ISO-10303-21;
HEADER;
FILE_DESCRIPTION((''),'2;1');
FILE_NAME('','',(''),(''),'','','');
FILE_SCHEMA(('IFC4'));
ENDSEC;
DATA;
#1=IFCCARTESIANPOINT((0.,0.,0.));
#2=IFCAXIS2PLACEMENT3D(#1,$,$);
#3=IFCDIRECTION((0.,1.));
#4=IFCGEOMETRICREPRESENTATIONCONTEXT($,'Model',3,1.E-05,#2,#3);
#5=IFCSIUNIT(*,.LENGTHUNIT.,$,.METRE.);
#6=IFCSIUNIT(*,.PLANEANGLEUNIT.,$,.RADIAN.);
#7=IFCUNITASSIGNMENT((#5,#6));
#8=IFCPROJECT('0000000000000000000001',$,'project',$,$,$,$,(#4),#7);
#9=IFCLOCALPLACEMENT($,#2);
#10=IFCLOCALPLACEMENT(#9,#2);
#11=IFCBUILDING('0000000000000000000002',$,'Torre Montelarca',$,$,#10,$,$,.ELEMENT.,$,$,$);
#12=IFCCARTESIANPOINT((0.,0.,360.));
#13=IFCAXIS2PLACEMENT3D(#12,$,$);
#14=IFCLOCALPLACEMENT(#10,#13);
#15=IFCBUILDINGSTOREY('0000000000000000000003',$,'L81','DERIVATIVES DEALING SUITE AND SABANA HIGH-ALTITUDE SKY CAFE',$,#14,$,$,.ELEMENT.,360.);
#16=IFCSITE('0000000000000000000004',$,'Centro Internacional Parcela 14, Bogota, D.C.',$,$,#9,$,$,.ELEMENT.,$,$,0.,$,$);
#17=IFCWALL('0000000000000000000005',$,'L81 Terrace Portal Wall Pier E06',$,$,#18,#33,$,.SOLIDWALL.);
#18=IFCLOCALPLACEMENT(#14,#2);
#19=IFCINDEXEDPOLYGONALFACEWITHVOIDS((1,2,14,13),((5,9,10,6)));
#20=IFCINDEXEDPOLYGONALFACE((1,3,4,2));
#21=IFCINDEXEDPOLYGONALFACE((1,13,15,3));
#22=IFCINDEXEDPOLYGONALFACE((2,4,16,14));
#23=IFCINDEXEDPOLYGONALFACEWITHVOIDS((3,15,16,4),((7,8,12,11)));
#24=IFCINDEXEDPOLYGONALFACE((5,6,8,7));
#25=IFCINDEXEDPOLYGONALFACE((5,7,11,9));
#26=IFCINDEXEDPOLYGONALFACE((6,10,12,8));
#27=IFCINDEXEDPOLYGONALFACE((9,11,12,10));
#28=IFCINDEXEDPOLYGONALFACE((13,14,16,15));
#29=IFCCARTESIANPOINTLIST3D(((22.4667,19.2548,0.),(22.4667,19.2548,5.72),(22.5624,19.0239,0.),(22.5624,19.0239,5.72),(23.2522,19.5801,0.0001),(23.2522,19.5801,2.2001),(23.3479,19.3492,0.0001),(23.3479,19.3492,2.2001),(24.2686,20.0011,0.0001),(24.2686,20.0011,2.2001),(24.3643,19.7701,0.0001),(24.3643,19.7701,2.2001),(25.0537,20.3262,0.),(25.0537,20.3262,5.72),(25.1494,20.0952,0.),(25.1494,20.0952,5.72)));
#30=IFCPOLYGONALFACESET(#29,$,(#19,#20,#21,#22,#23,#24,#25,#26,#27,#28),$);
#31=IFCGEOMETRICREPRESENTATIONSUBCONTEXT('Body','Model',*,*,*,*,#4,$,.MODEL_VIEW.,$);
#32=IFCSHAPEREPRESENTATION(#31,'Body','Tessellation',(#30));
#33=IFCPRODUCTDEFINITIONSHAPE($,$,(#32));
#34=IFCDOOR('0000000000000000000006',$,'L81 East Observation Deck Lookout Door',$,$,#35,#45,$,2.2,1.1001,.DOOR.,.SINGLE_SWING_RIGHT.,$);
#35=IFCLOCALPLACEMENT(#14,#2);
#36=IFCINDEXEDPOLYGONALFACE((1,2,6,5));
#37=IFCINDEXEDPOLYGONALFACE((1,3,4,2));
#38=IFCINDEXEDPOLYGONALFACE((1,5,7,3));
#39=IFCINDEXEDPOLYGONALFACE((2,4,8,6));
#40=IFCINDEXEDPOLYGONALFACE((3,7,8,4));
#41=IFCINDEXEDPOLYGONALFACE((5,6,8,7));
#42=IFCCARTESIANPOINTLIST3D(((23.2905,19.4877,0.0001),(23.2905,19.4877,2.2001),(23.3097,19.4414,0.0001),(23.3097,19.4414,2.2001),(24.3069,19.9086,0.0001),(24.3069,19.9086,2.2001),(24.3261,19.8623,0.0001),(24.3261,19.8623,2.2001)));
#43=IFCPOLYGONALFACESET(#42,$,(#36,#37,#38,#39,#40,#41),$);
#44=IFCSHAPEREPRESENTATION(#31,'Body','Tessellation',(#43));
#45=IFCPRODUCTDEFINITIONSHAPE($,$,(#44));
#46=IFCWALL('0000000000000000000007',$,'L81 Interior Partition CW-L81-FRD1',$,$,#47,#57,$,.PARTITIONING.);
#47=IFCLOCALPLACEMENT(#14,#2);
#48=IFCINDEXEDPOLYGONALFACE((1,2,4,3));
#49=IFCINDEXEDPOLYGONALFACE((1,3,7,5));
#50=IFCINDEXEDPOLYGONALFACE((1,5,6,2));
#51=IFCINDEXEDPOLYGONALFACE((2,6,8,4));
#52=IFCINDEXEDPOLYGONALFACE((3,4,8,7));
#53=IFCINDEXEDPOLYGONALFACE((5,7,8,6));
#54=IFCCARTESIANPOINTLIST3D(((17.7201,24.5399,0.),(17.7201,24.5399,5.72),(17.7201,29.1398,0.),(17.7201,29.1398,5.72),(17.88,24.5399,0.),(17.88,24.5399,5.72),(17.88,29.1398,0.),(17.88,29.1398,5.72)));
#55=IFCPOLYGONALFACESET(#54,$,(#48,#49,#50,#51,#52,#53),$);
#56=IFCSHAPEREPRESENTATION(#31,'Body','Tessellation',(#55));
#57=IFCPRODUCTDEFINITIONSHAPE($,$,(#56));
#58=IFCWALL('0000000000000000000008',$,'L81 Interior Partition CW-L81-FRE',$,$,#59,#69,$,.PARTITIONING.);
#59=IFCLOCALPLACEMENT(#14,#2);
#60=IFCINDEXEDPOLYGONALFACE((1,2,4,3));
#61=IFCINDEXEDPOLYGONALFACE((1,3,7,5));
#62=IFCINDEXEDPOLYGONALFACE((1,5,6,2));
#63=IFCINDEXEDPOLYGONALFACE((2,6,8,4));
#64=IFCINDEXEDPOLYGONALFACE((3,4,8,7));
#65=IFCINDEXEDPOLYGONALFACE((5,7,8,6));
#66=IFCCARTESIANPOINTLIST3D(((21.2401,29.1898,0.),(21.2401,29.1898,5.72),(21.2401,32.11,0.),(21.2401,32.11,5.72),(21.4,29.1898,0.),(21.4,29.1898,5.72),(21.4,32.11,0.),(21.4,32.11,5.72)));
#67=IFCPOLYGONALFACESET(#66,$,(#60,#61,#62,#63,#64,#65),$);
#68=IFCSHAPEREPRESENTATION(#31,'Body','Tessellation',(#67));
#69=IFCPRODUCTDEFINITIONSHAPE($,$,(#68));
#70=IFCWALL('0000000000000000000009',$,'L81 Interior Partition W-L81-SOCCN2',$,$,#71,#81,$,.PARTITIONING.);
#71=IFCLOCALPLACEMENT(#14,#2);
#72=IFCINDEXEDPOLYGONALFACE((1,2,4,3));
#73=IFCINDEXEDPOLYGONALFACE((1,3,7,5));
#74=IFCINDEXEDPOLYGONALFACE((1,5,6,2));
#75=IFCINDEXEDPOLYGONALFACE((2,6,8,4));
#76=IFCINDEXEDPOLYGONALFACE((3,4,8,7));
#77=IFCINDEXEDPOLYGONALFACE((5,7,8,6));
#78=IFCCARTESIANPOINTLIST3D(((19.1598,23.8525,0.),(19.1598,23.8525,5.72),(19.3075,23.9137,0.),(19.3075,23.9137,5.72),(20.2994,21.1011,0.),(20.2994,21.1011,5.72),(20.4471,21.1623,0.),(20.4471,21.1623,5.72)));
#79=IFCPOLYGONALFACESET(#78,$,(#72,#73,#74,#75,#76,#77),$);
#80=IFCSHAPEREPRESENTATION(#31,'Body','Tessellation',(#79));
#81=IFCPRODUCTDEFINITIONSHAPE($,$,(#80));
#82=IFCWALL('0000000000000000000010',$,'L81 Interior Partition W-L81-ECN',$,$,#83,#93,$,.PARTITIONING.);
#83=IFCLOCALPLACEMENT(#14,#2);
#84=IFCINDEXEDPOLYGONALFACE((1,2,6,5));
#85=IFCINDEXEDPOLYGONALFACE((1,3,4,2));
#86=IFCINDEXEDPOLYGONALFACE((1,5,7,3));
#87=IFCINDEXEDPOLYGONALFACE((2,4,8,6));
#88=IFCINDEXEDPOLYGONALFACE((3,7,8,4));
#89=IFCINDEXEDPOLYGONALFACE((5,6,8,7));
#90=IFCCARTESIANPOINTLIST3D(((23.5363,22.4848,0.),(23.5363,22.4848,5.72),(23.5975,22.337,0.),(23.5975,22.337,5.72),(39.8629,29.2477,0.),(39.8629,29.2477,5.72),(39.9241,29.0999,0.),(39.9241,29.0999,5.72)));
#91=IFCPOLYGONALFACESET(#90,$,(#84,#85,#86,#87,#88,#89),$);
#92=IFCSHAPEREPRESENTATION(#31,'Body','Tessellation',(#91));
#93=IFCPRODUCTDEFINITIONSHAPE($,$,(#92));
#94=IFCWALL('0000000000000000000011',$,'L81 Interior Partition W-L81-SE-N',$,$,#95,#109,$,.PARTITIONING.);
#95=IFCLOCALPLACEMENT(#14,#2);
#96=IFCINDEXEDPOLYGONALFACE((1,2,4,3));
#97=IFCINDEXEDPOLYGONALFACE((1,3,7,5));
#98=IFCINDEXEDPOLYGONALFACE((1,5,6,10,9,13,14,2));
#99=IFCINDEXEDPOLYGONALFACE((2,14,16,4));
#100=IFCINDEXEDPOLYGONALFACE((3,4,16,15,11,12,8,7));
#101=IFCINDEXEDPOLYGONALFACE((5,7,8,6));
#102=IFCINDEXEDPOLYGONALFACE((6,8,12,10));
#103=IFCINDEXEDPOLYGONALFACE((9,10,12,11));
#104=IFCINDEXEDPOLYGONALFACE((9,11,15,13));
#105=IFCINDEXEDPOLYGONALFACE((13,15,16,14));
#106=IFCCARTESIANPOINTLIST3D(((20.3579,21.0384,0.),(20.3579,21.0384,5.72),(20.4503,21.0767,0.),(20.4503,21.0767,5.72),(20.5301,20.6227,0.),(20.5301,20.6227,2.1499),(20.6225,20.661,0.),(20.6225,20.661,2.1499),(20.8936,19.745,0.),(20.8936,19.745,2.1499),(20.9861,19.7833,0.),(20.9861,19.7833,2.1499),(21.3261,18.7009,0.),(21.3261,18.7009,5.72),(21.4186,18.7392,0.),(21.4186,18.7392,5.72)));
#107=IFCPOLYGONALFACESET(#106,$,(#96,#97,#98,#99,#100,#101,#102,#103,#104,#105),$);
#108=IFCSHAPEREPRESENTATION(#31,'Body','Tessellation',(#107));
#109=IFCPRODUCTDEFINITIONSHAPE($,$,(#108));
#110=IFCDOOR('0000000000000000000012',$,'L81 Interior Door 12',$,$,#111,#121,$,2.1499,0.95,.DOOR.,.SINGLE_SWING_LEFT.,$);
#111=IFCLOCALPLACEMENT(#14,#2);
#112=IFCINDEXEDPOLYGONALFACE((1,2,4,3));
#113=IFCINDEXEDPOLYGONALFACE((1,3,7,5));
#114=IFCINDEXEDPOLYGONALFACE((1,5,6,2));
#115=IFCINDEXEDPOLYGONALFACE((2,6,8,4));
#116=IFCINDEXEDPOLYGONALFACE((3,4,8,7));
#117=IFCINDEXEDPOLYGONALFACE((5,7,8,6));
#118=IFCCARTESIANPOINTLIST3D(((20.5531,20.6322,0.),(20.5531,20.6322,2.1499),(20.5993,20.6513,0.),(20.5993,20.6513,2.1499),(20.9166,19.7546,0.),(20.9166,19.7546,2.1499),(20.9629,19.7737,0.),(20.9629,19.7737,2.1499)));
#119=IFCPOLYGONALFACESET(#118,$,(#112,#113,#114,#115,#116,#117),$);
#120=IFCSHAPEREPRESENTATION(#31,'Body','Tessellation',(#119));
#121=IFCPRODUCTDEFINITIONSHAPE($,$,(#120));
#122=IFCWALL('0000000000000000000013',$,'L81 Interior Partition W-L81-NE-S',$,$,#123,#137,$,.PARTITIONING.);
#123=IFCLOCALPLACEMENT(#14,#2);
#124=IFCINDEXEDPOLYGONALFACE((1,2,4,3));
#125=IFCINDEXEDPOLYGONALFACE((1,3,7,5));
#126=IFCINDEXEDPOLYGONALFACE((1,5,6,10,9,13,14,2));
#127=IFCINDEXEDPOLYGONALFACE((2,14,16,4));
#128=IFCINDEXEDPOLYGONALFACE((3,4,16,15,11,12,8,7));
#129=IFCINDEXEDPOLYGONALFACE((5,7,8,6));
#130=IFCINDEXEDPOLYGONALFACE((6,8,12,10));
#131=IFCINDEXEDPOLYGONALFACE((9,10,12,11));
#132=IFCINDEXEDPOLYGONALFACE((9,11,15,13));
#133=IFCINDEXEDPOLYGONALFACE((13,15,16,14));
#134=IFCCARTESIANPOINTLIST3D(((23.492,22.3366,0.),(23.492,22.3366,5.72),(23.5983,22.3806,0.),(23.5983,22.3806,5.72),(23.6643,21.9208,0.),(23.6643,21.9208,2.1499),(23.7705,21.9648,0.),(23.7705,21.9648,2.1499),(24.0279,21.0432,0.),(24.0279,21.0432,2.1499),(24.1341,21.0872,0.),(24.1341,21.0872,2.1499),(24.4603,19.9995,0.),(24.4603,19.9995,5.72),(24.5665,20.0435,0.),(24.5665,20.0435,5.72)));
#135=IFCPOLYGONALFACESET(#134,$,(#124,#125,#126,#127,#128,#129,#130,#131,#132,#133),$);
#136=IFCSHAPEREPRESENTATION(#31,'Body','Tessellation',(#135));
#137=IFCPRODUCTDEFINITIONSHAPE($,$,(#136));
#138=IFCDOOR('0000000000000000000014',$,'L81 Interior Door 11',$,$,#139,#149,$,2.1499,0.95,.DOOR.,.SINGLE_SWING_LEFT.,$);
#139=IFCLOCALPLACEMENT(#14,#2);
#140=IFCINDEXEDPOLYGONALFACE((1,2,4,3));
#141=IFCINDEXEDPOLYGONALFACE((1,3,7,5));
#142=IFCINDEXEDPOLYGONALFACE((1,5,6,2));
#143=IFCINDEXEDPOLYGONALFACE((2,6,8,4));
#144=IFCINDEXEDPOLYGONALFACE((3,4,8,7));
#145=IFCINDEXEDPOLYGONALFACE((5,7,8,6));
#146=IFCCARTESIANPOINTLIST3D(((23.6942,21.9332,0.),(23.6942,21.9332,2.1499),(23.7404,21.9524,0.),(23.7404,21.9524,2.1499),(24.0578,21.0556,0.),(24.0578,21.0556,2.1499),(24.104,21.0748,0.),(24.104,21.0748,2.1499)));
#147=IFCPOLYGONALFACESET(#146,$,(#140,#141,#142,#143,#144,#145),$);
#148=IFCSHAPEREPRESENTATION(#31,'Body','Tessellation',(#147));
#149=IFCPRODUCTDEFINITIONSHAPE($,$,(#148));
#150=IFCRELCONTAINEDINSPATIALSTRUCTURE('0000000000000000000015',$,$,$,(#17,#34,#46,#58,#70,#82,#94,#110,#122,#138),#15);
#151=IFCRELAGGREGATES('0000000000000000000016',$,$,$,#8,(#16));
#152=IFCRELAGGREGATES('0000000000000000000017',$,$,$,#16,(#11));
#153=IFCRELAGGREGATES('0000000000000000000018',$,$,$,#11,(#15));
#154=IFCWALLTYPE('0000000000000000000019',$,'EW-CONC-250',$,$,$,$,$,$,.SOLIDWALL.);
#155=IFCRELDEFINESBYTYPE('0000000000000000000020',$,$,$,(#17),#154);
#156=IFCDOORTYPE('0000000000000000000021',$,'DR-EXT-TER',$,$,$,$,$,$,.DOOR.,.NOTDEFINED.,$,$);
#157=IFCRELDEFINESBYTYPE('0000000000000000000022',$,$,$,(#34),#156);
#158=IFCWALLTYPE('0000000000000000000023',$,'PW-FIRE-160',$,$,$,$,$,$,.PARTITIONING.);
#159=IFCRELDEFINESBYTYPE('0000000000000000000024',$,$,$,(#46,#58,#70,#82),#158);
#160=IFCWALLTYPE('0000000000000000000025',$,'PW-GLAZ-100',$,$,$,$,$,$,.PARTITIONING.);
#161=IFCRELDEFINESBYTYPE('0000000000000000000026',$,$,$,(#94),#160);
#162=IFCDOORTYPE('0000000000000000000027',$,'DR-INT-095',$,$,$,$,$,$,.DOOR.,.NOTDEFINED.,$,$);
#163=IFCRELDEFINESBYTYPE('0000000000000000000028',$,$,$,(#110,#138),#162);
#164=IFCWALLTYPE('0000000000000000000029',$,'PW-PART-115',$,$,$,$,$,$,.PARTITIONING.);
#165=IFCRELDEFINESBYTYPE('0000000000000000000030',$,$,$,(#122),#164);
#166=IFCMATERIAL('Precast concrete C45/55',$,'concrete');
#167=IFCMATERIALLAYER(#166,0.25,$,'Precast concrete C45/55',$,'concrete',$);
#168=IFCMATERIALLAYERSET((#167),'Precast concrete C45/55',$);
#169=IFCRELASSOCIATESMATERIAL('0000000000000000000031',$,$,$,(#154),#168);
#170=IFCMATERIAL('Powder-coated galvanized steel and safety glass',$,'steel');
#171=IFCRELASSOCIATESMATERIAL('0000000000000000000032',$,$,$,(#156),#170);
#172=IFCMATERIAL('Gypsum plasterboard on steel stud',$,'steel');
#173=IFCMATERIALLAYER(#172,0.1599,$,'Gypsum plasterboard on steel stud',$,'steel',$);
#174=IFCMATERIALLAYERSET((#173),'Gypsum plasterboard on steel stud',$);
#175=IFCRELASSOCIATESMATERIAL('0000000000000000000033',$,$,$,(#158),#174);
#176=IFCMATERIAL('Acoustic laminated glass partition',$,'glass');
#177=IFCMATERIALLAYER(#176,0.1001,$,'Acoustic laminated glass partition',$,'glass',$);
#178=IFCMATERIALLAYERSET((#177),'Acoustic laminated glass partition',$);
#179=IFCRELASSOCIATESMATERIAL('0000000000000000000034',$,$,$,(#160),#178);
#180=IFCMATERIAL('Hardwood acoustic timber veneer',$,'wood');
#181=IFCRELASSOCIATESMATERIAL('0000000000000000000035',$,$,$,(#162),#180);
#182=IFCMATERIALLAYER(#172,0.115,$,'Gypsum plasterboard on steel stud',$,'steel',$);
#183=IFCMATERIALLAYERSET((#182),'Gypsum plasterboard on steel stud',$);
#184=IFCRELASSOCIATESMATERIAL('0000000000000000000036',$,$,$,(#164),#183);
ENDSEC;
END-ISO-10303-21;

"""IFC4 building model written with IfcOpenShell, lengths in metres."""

from ifc_helpers import new_model, si_unit, direction, frame, frame_2d, origin, place, context, subcontext, project, spatial, rectangle, extrude, source, transform, mapped, material, layer, layer_set, type_object, element, fill, save


model = new_model("IFC4")

# Units and contexts
model_context = context("Model", 3, precision=1e-05, world=origin(), true_north=direction((0.0, 1.0)))
body_context = subcontext(model_context, "Body", "Model", "MODEL_VIEW")
ifc_project = project(units=[si_unit("LENGTHUNIT", "METRE"), si_unit("PLANEANGLEUNIT", "RADIAN")], contexts=[model_context])

# Site, building, storey
site_placement = place(None, origin())
site = spatial("IfcSite", under=ifc_project, at=site_placement, Name="Centro Internacional Parcela 14, Bogota, D.C.", CompositionType="ELEMENT", RefElevation=0.0)
building_placement = place(site_placement, origin())
building = spatial("IfcBuilding", under=site, at=building_placement, Name="Torre Montelarca", CompositionType="ELEMENT")
storey_placement = place(building_placement, frame((0.0, 0.0, 360.0)))
storey = spatial("IfcBuildingStorey", under=building, at=storey_placement, Name="L81", Description="DERIVATIVES DEALING SUITE AND SABANA HIGH-ALTITUDE SKY CAFE", CompositionType="ELEMENT", Elevation=360.0)

# Wall, opening, door
ifc_material_1 = material(Name="Precast concrete C45/55", Category="concrete")
ifc_layer_1 = layer(ifc_material_1, 0.25, Name="Precast concrete C45/55", Category="concrete")
ifc_layer_set_1 = layer_set([ifc_layer_1], Name="Precast concrete C45/55")
wall_type_1 = type_object("IfcWallType", Name="EW-CONC-250", PredefinedType="SOLIDWALL", material=ifc_layer_set_1)
wall_1_placement = place(storey_placement, frame((22.5146, 19.1394, 0.0), z_axis=(0.0, 0.0, 1.0), x_axis=(0.923911, 0.382608, 0.0)))
wall_1 = element("IfcWall", 1, at=wall_1_placement, inside=storey, type_object=wall_type_1, Name="L81 Terrace Portal Wall Pier E06", PredefinedType="SOLIDWALL", context=body_context, shape_type="SweptSolid", body=[
    extrude(rectangle(XDim=2.8, YDim=0.25, at=frame_2d((1.3999, 0.0))), origin(), (0.0, 0.0, 1.0), 5.72),
])
opening_1_placement = place(wall_1_placement, frame((0.8501, 0.0, 0.0)))
opening_1 = element("IfcOpeningElement", 2, at=opening_1_placement, cuts=wall_1, PredefinedType="OPENING", context=body_context, shape_type="SweptSolid", body=[
    extrude(rectangle(XDim=1.1001, YDim=2.2, at=frame_2d((0.55, 1.1001))), frame((0.0, 0.135, 0.0), z_axis=(0.0, -1.0, 0.0), x_axis=(1.0, 0.0, 0.0)), (0.0, 0.0, 1.0), 0.27),
])
ifc_material_2 = material(Name="Powder-coated galvanized steel and safety glass", Category="steel")
door_type_1 = type_object("IfcDoorType", Name="DR-EXT-TER", OperationType="NOTDEFINED", PredefinedType="DOOR", material=ifc_material_2)
shared_shape_1 = source(origin(), body_context, "Body", "SweptSolid", [
    extrude(rectangle(XDim=1.1001, YDim=2.2, at=frame_2d((0.55, 1.1001))), frame((0.0, 0.0249, 0.0), z_axis=(0.0, -1.0, 0.0), x_axis=(1.0, 0.0, 0.0)), (0.0, 0.0, 1.0), 0.05),
])
door_1_placement = place(opening_1_placement, origin())
door_1 = element("IfcDoor", 3, at=door_1_placement, inside=storey, type_object=door_type_1, Name="L81 East Observation Deck Lookout Door", OperationType="SINGLE_SWING_RIGHT", OverallHeight=2.2, OverallWidth=1.1001, PredefinedType="DOOR", context=body_context, shape_type="MappedRepresentation", body=[
    mapped(shared_shape_1, transform((0.0, 0.0, 0.0), scale=1.0)),
])
fill(opening_1, door_1)

# Walls
ifc_material_3 = material(Name="Gypsum plasterboard on steel stud", Category="steel")
ifc_layer_2 = layer(ifc_material_3, 0.1599, Name="Gypsum plasterboard on steel stud", Category="steel")
ifc_layer_set_2 = layer_set([ifc_layer_2], Name="Gypsum plasterboard on steel stud")
wall_type_2 = type_object("IfcWallType", Name="PW-FIRE-160", PredefinedType="PARTITIONING", material=ifc_layer_set_2)
wall_2_placement = place(storey_placement, frame((17.8, 24.54, 0.0), z_axis=(0.0, 0.0, 1.0), x_axis=(0.0, 1.0, 0.0)))
element("IfcWall", 4, at=wall_2_placement, inside=storey, type_object=wall_type_2, Name="L81 Interior Partition CW-L81-FRD1", PredefinedType="PARTITIONING", context=body_context, shape_type="SweptSolid", body=[
    extrude(rectangle(XDim=4.5999, YDim=0.1599, at=frame_2d((2.2998, 0.0))), origin(), (0.0, 0.0, 1.0), 5.72),
])
wall_3_placement = place(storey_placement, frame((21.3201, 29.1899, 0.0), z_axis=(0.0, 0.0, 1.0), x_axis=(0.0, 1.0, 0.0)))
element("IfcWall", 5, at=wall_3_placement, inside=storey, type_object=wall_type_2, Name="L81 Interior Partition CW-L81-FRE", PredefinedType="PARTITIONING", context=body_context, shape_type="SweptSolid", body=[
    extrude(rectangle(XDim=2.9202, YDim=0.1599, at=frame_2d((1.46, 0.0))), origin(), (0.0, 0.0, 1.0), 5.72),
])
wall_4_placement = place(storey_placement, frame((19.2336, 23.8831, 0.0), z_axis=(0.0, 0.0, 1.0), x_axis=(0.38267, -0.923885, 0.0)))
element("IfcWall", 6, at=wall_4_placement, inside=storey, type_object=wall_type_2, Name="L81 Interior Partition W-L81-SOCCN2", PredefinedType="PARTITIONING", context=body_context, shape_type="SweptSolid", body=[
    extrude(rectangle(XDim=2.978, YDim=0.1599, at=frame_2d((1.489, 0.0))), origin(), (0.0, 0.0, 1.0), 5.72),
])
wall_5_placement = place(storey_placement, frame((23.5669, 22.4109, 0.0), z_axis=(0.0, 0.0, 1.0), x_axis=(0.923875, 0.382694, 0.0)))
element("IfcWall", 7, at=wall_5_placement, inside=storey, type_object=wall_type_2, Name="L81 Interior Partition W-L81-ECN", PredefinedType="PARTITIONING", context=body_context, shape_type="SweptSolid", body=[
    extrude(rectangle(XDim=17.6719, YDim=0.1599, at=frame_2d((8.8359, 0.0))), origin(), (0.0, 0.0, 1.0), 5.72),
])

# Walls, openings, doors
ifc_material_4 = material(Name="Acoustic laminated glass partition", Category="glass")
ifc_layer_3 = layer(ifc_material_4, 0.1001, Name="Acoustic laminated glass partition", Category="glass")
ifc_layer_set_3 = layer_set([ifc_layer_3], Name="Acoustic laminated glass partition")
wall_type_3 = type_object("IfcWallType", Name="PW-GLAZ-100", PredefinedType="PARTITIONING", material=ifc_layer_set_3)
wall_6_placement = place(storey_placement, frame((20.4041, 21.0576, 0.0), z_axis=(0.0, 0.0, 1.0), x_axis=(0.38271, -0.923869, 0.0)))
wall_6 = element("IfcWall", 8, at=wall_6_placement, inside=storey, type_object=wall_type_3, Name="L81 Interior Partition W-L81-SE-N", PredefinedType="PARTITIONING", context=body_context, shape_type="SweptSolid", body=[
    extrude(rectangle(XDim=2.53, YDim=0.1001, at=frame_2d((1.2651, 0.0))), origin(), (0.0, 0.0, 1.0), 5.72),
])
opening_2_placement = place(wall_6_placement, frame((0.45, 0.0, 0.0)))
opening_2 = element("IfcOpeningElement", 9, at=opening_2_placement, cuts=wall_6, PredefinedType="OPENING", context=body_context, shape_type="SweptSolid", body=[
    extrude(rectangle(XDim=0.95, YDim=2.1499, at=frame_2d((0.4751, 1.075))), frame((0.0, 0.0601, 0.0), z_axis=(0.0, -1.0, 0.0), x_axis=(1.0, 0.0, 0.0)), (0.0, 0.0, 1.0), 0.1201),
])
ifc_material_5 = material(Name="Hardwood acoustic timber veneer", Category="wood")
door_type_2 = type_object("IfcDoorType", Name="DR-INT-095", OperationType="NOTDEFINED", PredefinedType="DOOR", material=ifc_material_5)
shared_shape_2 = source(origin(), body_context, "Body", "SweptSolid", [
    extrude(rectangle(XDim=0.95, YDim=2.1499, at=frame_2d((0.4751, 1.075))), frame((0.0, 0.0249, 0.0), z_axis=(0.0, -1.0, 0.0), x_axis=(1.0, 0.0, 0.0)), (0.0, 0.0, 1.0), 0.05),
])
door_2_placement = place(opening_2_placement, origin())
door_2 = element("IfcDoor", 10, at=door_2_placement, inside=storey, type_object=door_type_2, Name="L81 Interior Door 12", OperationType="SINGLE_SWING_LEFT", OverallHeight=2.1499, OverallWidth=0.95, PredefinedType="DOOR", context=body_context, shape_type="MappedRepresentation", body=[
    mapped(shared_shape_2, transform((0.0, 0.0, 0.0), scale=1.0)),
])
fill(opening_2, door_2)
ifc_layer_4 = layer(ifc_material_3, 0.115, Name="Gypsum plasterboard on steel stud", Category="steel")
ifc_layer_set_4 = layer_set([ifc_layer_4], Name="Gypsum plasterboard on steel stud")
wall_type_4 = type_object("IfcWallType", Name="PW-PART-115", PredefinedType="PARTITIONING", material=ifc_layer_set_4)
wall_7_placement = place(storey_placement, frame((23.5452, 22.3586, 0.0), z_axis=(0.0, 0.0, 1.0), x_axis=(0.382744, -0.923855, 0.0)))
wall_7 = element("IfcWall", 11, at=wall_7_placement, inside=storey, type_object=wall_type_4, Name="L81 Interior Partition W-L81-NE-S", PredefinedType="PARTITIONING", context=body_context, shape_type="SweptSolid", body=[
    extrude(rectangle(XDim=2.5298, YDim=0.115, at=frame_2d((1.2649, 0.0))), origin(), (0.0, 0.0, 1.0), 5.72),
])
opening_3_placement = place(wall_7_placement, frame((0.45, 0.0, 0.0)))
opening_3 = element("IfcOpeningElement", 12, at=opening_3_placement, cuts=wall_7, PredefinedType="OPENING", context=body_context, shape_type="SweptSolid", body=[
    extrude(rectangle(XDim=0.95, YDim=2.1499, at=frame_2d((0.4751, 1.075))), frame((0.0, 0.0674, 0.0), z_axis=(0.0, -1.0, 0.0), x_axis=(1.0, 0.0, 0.0)), (0.0, 0.0, 1.0), 0.135),
])
door_3_placement = place(opening_3_placement, origin())
door_3 = element("IfcDoor", 13, at=door_3_placement, inside=storey, type_object=door_type_2, Name="L81 Interior Door 11", OperationType="SINGLE_SWING_LEFT", OverallHeight=2.1499, OverallWidth=0.95, PredefinedType="DOOR", context=body_context, shape_type="MappedRepresentation", body=[
    mapped(shared_shape_2, transform((0.0, 0.0, 0.0), scale=1.0)),
])
fill(opening_3, door_3)

save(model, "model.ifc")
